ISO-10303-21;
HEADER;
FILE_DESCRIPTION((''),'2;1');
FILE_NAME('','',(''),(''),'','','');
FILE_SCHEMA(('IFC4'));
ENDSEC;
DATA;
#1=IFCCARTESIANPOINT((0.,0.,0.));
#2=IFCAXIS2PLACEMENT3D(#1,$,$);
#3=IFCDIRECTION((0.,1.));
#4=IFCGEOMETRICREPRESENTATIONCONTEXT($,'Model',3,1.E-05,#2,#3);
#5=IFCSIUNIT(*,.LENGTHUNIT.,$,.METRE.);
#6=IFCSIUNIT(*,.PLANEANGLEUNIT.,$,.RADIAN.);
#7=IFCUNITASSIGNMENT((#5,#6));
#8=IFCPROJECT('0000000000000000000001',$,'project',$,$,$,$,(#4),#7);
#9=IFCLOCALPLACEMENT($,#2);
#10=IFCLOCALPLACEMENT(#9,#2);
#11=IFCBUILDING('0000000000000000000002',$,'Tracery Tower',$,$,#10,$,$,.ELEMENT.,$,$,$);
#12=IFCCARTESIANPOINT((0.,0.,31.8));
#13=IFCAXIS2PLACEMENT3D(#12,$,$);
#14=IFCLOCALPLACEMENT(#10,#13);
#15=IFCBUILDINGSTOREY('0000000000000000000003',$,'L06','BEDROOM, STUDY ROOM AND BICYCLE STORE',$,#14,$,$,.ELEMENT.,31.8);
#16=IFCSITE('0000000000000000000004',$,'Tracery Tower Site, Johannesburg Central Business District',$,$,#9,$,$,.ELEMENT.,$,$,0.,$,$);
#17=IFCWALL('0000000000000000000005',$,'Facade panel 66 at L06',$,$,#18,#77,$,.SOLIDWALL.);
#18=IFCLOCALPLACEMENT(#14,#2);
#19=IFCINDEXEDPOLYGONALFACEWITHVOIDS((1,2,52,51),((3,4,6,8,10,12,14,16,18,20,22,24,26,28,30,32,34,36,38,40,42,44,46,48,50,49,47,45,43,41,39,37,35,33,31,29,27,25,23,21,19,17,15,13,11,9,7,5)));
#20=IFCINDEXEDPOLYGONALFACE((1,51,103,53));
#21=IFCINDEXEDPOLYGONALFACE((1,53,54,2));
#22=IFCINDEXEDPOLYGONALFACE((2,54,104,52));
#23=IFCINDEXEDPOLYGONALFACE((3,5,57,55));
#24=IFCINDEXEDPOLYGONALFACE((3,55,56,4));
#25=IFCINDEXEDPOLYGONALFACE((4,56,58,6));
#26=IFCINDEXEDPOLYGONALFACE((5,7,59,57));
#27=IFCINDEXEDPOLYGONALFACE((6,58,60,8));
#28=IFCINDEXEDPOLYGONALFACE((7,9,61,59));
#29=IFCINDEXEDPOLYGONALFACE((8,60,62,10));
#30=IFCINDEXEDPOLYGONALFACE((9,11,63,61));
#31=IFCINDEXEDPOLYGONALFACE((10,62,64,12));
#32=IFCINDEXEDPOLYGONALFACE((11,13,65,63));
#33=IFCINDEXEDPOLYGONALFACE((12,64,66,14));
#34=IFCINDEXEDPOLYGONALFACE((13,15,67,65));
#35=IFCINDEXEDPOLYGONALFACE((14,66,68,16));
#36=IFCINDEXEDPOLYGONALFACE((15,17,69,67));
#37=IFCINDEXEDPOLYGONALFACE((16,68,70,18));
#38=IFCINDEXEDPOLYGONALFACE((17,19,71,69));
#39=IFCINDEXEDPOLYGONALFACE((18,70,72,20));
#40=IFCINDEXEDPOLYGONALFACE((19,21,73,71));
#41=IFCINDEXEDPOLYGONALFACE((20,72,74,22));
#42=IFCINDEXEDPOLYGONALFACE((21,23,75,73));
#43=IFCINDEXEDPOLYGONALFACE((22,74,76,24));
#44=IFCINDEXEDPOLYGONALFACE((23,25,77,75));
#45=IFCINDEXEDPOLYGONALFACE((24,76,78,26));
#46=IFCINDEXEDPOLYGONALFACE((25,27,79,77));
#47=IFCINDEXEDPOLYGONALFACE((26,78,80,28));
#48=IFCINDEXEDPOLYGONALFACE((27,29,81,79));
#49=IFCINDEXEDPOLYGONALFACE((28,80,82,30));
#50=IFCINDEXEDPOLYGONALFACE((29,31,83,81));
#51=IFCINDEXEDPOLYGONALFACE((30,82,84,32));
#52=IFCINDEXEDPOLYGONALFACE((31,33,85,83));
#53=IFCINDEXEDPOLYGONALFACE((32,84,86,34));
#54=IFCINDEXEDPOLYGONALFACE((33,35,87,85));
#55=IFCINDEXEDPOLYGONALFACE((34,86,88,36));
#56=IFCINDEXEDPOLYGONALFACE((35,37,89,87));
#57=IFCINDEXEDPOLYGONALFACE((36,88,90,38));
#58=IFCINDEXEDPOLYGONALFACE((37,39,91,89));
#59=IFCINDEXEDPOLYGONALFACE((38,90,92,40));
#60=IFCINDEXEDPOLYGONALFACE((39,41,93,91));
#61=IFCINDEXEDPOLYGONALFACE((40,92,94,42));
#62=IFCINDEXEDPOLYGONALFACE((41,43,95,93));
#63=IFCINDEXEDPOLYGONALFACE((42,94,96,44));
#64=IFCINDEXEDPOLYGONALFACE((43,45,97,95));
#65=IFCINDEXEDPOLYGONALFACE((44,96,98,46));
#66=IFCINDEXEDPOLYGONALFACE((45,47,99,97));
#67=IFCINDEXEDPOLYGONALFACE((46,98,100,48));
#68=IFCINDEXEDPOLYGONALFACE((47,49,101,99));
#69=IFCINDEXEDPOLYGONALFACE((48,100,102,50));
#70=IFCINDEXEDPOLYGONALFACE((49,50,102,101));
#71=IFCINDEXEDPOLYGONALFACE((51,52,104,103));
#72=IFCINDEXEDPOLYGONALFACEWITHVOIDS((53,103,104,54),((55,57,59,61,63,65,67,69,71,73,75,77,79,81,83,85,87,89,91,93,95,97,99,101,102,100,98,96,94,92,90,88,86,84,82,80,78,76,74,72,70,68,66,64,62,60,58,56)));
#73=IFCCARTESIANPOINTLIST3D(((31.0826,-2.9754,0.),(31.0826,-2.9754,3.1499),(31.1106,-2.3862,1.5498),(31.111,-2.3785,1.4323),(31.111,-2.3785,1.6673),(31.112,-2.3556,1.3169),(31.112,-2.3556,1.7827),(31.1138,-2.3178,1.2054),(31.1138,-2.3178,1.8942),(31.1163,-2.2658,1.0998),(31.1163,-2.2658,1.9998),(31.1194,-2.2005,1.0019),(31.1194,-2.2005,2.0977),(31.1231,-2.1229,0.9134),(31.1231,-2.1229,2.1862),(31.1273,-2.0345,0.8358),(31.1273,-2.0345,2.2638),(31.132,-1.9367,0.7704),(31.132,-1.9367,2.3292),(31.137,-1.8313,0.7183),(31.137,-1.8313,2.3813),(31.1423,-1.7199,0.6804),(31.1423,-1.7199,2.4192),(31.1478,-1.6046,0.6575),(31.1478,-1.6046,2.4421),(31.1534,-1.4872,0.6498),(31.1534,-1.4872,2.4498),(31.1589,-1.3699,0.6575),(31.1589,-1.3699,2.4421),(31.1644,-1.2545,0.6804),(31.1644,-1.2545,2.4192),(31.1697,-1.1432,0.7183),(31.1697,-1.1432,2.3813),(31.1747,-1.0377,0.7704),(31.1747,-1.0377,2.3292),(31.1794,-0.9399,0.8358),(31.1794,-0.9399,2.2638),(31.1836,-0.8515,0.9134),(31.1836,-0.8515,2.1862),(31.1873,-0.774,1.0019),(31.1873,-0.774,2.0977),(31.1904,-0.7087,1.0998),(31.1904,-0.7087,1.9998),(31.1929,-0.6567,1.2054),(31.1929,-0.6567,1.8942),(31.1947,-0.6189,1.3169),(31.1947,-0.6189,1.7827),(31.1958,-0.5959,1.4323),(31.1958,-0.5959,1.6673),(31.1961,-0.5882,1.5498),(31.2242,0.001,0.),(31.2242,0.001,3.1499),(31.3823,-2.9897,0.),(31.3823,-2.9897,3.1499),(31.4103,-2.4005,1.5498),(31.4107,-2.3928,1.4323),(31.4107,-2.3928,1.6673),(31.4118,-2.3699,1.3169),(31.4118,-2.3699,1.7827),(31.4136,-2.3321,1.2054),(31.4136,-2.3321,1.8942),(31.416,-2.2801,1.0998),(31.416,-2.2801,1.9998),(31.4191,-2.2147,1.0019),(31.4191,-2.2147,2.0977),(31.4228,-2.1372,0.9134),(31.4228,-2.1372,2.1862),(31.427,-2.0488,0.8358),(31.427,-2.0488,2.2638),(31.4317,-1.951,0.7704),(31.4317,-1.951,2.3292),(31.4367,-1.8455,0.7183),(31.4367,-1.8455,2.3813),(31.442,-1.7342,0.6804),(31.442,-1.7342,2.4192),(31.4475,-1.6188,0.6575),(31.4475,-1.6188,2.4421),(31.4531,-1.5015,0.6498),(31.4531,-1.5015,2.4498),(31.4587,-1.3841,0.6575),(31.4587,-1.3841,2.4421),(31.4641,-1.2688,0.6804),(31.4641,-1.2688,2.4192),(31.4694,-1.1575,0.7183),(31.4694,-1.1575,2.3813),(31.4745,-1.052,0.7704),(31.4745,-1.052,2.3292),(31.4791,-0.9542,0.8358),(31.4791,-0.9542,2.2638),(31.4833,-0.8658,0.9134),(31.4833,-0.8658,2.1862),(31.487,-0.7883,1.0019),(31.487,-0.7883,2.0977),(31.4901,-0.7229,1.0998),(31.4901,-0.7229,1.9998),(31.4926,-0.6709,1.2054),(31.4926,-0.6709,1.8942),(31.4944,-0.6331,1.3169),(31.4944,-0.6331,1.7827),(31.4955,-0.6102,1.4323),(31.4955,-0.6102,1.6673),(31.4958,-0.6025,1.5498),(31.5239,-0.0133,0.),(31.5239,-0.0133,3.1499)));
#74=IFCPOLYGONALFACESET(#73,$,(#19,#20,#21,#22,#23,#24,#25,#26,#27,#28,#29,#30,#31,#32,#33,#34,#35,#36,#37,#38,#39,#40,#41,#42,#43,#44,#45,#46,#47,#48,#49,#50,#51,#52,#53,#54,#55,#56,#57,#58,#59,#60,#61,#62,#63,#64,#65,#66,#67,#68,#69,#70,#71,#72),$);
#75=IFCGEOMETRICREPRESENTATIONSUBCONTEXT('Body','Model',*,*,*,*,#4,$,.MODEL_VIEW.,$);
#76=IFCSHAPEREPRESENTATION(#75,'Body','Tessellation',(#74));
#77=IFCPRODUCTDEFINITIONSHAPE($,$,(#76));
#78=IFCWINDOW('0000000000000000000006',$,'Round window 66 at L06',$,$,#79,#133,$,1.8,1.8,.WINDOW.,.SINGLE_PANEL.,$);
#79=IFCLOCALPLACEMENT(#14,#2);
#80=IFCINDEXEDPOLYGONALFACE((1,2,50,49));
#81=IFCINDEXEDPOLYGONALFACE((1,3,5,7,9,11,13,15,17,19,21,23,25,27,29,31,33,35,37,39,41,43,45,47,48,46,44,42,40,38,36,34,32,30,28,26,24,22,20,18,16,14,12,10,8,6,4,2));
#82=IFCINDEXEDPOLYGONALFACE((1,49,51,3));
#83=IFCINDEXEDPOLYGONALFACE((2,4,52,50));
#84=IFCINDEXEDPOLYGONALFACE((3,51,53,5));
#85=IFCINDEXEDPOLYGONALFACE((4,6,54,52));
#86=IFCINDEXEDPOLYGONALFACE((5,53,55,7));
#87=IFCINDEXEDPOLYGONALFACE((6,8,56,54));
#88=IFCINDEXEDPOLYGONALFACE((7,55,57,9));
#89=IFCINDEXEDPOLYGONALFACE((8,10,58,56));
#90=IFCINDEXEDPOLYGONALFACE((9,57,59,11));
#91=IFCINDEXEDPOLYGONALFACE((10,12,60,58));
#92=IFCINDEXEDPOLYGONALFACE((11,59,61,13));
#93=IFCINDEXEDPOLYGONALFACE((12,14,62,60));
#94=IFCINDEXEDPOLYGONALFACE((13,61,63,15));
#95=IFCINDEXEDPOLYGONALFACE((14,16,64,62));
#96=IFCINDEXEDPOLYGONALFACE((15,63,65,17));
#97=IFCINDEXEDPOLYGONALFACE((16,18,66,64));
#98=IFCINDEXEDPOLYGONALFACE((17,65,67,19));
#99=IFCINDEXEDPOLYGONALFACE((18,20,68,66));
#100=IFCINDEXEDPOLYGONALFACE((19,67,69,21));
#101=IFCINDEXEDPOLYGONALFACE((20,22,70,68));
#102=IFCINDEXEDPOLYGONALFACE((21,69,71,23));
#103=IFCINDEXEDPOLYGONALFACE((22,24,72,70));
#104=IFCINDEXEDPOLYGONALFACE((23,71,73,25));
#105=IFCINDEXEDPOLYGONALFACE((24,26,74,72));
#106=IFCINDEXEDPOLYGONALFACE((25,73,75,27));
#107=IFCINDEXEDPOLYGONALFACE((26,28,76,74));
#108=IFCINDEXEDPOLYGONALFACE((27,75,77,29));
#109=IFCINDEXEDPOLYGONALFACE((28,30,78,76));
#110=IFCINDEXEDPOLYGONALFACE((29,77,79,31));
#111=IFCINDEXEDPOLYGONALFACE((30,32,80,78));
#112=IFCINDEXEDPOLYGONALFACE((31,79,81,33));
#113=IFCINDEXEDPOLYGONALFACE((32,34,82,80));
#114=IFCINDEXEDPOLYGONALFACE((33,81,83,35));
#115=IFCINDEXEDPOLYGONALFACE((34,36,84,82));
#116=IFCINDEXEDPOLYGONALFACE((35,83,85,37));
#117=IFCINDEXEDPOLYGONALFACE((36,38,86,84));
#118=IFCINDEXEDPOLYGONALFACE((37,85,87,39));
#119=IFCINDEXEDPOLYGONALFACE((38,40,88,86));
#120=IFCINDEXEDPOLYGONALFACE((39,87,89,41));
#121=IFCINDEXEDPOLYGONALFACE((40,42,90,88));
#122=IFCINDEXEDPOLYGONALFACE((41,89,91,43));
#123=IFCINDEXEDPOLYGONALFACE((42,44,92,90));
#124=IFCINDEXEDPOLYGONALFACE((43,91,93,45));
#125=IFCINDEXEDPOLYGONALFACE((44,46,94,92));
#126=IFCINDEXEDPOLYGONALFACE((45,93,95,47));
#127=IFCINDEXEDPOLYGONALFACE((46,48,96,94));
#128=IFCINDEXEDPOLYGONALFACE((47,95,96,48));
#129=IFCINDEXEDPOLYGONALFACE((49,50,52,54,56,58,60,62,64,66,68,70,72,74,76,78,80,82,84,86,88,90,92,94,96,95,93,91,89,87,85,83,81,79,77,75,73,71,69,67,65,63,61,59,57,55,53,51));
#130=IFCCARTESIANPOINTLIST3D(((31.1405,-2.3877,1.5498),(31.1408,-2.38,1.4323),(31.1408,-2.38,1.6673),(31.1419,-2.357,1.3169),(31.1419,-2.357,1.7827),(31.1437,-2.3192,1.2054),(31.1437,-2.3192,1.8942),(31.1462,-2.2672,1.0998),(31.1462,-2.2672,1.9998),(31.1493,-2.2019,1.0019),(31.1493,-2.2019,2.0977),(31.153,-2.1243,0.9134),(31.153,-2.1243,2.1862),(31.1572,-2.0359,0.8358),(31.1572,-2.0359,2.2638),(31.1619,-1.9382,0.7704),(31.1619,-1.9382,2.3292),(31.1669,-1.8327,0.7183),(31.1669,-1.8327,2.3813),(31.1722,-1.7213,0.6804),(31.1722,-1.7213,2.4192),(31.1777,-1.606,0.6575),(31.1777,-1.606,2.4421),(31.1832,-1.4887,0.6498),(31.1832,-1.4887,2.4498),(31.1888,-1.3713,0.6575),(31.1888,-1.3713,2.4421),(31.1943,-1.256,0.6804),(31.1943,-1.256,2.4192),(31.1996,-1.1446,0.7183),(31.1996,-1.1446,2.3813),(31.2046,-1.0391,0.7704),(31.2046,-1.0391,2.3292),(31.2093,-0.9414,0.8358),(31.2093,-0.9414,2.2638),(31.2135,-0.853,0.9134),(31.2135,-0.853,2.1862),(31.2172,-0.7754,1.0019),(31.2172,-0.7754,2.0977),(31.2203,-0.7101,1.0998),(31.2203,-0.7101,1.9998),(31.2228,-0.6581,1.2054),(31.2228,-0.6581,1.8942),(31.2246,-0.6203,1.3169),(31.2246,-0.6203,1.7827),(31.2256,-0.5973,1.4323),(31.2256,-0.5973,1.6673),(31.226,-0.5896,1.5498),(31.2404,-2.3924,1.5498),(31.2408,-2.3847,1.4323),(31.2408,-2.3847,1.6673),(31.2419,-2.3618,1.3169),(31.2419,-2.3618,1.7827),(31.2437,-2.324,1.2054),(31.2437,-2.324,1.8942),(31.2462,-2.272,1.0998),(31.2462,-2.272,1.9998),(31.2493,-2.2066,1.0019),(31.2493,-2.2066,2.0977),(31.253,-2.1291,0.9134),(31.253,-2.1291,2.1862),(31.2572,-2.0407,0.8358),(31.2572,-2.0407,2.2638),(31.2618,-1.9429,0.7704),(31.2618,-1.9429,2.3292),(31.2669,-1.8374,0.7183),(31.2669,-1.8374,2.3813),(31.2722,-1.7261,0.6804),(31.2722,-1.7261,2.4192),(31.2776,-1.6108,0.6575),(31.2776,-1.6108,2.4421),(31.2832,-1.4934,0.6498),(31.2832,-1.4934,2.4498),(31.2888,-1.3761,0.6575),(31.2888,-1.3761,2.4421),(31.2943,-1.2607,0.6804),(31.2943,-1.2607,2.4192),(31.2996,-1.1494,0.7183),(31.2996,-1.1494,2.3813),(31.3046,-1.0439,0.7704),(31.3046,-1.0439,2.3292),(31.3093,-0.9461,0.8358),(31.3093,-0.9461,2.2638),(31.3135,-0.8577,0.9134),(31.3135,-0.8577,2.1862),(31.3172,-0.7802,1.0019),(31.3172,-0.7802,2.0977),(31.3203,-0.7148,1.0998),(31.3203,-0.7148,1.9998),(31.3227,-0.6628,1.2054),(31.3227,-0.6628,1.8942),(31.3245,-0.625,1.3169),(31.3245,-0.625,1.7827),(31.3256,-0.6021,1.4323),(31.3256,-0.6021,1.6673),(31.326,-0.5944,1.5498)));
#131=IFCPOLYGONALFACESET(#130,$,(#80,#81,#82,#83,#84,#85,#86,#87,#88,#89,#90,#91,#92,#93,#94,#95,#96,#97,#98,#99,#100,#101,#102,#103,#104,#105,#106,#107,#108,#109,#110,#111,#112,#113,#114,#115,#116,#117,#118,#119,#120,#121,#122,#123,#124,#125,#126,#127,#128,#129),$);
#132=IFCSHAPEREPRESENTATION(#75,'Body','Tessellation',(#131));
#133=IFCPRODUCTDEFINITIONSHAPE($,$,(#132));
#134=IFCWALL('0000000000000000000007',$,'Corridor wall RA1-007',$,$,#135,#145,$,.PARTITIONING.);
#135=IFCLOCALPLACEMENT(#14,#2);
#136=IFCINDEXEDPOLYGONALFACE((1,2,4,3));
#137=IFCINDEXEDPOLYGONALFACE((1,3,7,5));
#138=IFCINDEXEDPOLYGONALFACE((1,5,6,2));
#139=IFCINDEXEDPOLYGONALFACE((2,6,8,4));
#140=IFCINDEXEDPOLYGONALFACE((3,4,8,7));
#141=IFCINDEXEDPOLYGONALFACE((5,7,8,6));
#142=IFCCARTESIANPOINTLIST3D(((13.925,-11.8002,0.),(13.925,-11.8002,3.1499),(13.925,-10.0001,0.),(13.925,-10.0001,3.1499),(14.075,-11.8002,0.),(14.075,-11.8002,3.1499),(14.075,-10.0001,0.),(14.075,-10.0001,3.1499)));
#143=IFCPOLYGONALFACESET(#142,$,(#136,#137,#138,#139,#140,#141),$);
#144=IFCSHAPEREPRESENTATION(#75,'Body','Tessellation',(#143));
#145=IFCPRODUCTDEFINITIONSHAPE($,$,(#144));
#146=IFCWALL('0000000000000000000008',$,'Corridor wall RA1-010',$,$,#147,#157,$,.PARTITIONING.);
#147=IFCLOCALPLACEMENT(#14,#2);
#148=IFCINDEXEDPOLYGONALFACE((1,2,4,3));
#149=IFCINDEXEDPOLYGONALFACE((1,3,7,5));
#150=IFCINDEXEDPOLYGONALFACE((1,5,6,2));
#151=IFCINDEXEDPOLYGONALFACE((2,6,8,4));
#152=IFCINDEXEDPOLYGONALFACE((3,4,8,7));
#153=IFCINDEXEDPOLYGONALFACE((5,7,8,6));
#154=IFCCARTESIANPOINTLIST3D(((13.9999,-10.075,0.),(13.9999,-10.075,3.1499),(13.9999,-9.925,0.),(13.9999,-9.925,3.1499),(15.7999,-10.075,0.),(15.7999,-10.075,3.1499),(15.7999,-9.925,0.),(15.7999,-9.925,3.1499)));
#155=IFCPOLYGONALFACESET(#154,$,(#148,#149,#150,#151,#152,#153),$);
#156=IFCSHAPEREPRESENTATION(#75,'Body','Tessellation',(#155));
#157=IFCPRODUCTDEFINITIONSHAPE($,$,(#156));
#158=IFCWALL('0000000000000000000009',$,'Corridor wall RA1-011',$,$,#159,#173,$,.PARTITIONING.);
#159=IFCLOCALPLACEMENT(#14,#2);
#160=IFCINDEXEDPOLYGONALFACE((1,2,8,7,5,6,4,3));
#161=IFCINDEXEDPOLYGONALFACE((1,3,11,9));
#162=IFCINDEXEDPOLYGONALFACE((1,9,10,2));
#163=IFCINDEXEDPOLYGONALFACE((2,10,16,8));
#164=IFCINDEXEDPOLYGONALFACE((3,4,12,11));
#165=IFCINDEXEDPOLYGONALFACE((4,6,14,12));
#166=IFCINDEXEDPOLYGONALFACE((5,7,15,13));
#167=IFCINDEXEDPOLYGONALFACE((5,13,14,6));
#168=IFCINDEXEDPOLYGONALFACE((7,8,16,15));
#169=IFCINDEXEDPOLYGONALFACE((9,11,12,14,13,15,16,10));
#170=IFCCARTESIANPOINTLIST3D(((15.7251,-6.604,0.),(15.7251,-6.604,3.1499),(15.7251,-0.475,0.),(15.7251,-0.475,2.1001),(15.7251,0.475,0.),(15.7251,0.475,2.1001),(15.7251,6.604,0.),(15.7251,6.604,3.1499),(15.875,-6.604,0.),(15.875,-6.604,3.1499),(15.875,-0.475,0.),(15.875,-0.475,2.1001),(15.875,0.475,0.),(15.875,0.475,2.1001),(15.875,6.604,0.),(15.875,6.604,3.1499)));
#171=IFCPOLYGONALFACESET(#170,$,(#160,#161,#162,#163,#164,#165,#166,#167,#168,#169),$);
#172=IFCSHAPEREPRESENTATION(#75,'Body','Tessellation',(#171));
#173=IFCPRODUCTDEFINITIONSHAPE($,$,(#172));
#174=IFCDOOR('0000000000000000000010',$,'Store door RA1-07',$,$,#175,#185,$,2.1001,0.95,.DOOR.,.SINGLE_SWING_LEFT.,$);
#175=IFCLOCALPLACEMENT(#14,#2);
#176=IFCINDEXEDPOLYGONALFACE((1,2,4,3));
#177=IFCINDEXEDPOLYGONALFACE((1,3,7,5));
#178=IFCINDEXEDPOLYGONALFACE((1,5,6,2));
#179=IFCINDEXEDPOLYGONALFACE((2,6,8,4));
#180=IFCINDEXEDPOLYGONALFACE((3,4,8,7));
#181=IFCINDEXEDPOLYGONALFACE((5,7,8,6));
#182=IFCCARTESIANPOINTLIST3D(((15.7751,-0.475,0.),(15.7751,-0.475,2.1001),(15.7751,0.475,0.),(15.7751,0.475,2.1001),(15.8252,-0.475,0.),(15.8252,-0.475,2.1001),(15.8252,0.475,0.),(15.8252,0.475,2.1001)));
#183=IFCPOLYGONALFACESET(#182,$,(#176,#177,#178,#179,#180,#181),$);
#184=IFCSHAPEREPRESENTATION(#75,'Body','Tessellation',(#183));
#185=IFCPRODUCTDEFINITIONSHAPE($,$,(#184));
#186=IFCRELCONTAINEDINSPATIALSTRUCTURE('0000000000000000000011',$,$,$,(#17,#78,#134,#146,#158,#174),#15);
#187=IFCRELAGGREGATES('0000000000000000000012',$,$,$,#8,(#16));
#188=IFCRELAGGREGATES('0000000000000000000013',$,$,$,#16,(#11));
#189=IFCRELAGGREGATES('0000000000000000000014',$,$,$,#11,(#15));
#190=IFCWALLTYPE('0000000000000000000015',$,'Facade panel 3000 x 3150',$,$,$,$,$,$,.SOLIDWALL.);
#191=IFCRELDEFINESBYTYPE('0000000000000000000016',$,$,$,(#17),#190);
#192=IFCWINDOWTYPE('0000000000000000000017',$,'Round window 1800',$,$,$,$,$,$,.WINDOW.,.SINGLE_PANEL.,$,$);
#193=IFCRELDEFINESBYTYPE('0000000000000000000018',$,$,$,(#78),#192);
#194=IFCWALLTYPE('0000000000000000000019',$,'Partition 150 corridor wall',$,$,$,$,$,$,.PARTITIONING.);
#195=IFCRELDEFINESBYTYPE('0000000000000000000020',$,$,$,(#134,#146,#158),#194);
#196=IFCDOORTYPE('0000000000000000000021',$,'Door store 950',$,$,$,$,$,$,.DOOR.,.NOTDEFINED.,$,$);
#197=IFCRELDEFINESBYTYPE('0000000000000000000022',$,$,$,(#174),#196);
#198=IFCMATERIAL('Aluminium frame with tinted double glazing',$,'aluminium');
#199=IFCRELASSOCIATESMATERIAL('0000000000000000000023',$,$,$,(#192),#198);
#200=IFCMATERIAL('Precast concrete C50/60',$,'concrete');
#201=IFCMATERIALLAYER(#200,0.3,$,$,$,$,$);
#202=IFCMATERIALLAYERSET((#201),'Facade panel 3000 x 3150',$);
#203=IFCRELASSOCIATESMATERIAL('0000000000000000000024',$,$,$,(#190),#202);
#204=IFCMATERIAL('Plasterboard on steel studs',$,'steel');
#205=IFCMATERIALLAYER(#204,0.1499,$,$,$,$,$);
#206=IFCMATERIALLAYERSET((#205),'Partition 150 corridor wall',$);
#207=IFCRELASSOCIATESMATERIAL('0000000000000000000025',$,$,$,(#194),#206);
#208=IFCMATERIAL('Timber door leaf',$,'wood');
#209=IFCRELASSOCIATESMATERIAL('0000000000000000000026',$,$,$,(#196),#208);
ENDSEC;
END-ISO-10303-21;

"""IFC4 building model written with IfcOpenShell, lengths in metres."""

from ifc_helpers import new_model, si_unit, direction, frame, frame_2d, origin, origin_2d, place, context, subcontext, project, spatial, rectangle, circle, extrude, material, layer, layer_set, type_object, element, fill, save


model = new_model("IFC4")

# Units and contexts
model_context = context("Model", 3, precision=1e-05, world=origin(), true_north=direction((0.0, 1.0)))
body_context = subcontext(model_context, "Body", "Model", "MODEL_VIEW")
ifc_project = project(units=[si_unit("LENGTHUNIT", "METRE"), si_unit("PLANEANGLEUNIT", "RADIAN")], contexts=[model_context])

# Site, building, storey
site_placement = place(None, origin())
site = spatial("IfcSite", under=ifc_project, at=site_placement, Name="Tracery Tower Site, Johannesburg Central Business District", CompositionType="ELEMENT", RefElevation=0.0)
building_placement = place(site_placement, origin())
building = spatial("IfcBuilding", under=site, at=building_placement, Name="Tracery Tower", CompositionType="ELEMENT")
storey_placement = place(building_placement, frame((0.0, 0.0, 31.8)))
storey = spatial("IfcBuildingStorey", under=building, at=storey_placement, Name="L06", Description="BEDROOM, STUDY ROOM AND BICYCLE STORE", CompositionType="ELEMENT", Elevation=31.8)

# Wall, opening, window
ifc_material_1 = material(Name="Aluminium frame with tinted double glazing", Category="aluminium")
window_type = type_object("IfcWindowType", Name="Round window 1800", PartitioningType="SINGLE_PANEL", PredefinedType="WINDOW", material=ifc_material_1)
ifc_material_2 = material(Name="Precast concrete C50/60", Category="concrete")
ifc_layer_1 = layer(ifc_material_2, 0.3)
ifc_layer_set_1 = layer_set([ifc_layer_1], Name="Facade panel 3000 x 3150")
wall_type_1 = type_object("IfcWallType", Name="Facade panel 3000 x 3150", PredefinedType="SOLIDWALL", material=ifc_layer_set_1)
wall_1_placement = place(storey_placement, frame((31.2324, -2.9824, 0.0), z_axis=(0.0, 0.0, 1.0), x_axis=(0.047522, 0.99887, 0.0)))
wall_1 = element("IfcWall", 1, at=wall_1_placement, inside=storey, type_object=wall_type_1, Name="Facade panel 66 at L06", PredefinedType="SOLIDWALL", context=body_context, shape_type="SweptSolid", body=[
    extrude(rectangle(XDim=2.9797, YDim=0.3, at=frame_2d((1.4897, 0.0))), origin(), (0.0, 0.0, 1.0), 3.1499),
])
opening_1_placement = place(wall_1_placement, frame((1.4897, 0.0, 1.5498)))
opening_1 = element("IfcOpeningElement", 2, at=opening_1_placement, cuts=wall_1, PredefinedType="OPENING", context=body_context, shape_type="SweptSolid", body=[
    extrude(circle(Radius=0.9, at=origin_2d()), frame((0.0, 0.1599, 0.0), z_axis=(0.0, -1.0, 0.0), x_axis=(1.0, 0.0, 0.0)), (0.0, 0.0, 1.0), 0.3201),
])
window_1_placement = place(opening_1_placement, origin())
window_1 = element("IfcWindow", 3, at=window_1_placement, inside=storey, type_object=window_type, Name="Round window 66 at L06", OverallHeight=1.8, OverallWidth=1.8, PartitioningType="SINGLE_PANEL", PredefinedType="WINDOW", context=body_context, shape_type="SweptSolid", body=[
    extrude(circle(Radius=0.9, at=origin_2d()), frame((0.0, 0.1201, 0.0), z_axis=(0.0, -1.0, 0.0), x_axis=(1.0, 0.0, 0.0)), (0.0, 0.0, 1.0), 0.1001),
])
fill(opening_1, window_1)

# Walls
ifc_material_3 = material(Name="Plasterboard on steel studs", Category="steel")
ifc_layer_2 = layer(ifc_material_3, 0.1499)
ifc_layer_set_2 = layer_set([ifc_layer_2], Name="Partition 150 corridor wall")
wall_type_2 = type_object("IfcWallType", Name="Partition 150 corridor wall", PredefinedType="PARTITIONING", material=ifc_layer_set_2)
for number, where, z_axis, x_axis, name in (
    (4, (14.0, -11.8, 0.0), (0.0, 0.0, 1.0), (0.0, 1.0, 0.0), "Corridor wall RA1-007"),
    (5, (14.0, -10.0, 0.0), (0.0, 0.0, 1.0), (1.0, 0.0, 0.0), "Corridor wall RA1-010"),
):
    element("IfcWall", number, at=place(storey_placement, frame(where, z_axis=z_axis, x_axis=x_axis)), inside=storey, type_object=wall_type_2, Name=name, PredefinedType="PARTITIONING", context=body_context, shape_type="SweptSolid", body=[
        extrude(rectangle(XDim=1.8, YDim=0.1499, at=frame_2d((0.8999, 0.0))), origin(), (0.0, 0.0, 1.0), 3.1499),
    ])

# Wall, opening, door
wall_2_placement = place(storey_placement, frame((15.8, -6.604, 0.0), z_axis=(0.0, 0.0, 1.0), x_axis=(0.0, 1.0, 0.0)))
wall_2 = element("IfcWall", 6, at=wall_2_placement, inside=storey, type_object=wall_type_2, Name="Corridor wall RA1-011", PredefinedType="PARTITIONING", context=body_context, shape_type="SweptSolid", body=[
    extrude(rectangle(XDim=13.208, YDim=0.1499, at=frame_2d((6.604, 0.0))), origin(), (0.0, 0.0, 1.0), 3.1499),
])
opening_2_placement = place(wall_2_placement, frame((6.1289, 0.0, 0.0)))
opening_2 = element("IfcOpeningElement", 7, at=opening_2_placement, cuts=wall_2, PredefinedType="OPENING", context=body_context, shape_type="SweptSolid", body=[
    extrude(rectangle(XDim=0.95, YDim=2.1001, at=frame_2d((0.4751, 1.05))), frame((0.0, 0.075, 0.0), z_axis=(0.0, -1.0, 0.0), x_axis=(1.0, 0.0, 0.0)), (0.0, 0.0, 1.0), 0.1499),
])
ifc_material_4 = material(Name="Timber door leaf", Category="wood")
door_type_1 = type_object("IfcDoorType", Name="Door store 950", OperationType="NOTDEFINED", PredefinedType="DOOR", material=ifc_material_4)
door_1_placement = place(opening_2_placement, origin())
door_1 = element("IfcDoor", 8, at=door_1_placement, inside=storey, type_object=door_type_1, Name="Store door RA1-07", OperationType="SINGLE_SWING_LEFT", OverallHeight=2.1001, OverallWidth=0.95, PredefinedType="DOOR", context=body_context, shape_type="SweptSolid", body=[
    extrude(rectangle(XDim=0.95, YDim=2.1001, at=frame_2d((0.4751, 1.05))), frame((0.0, 0.0249, 0.0), z_axis=(0.0, -1.0, 0.0), x_axis=(1.0, 0.0, 0.0)), (0.0, 0.0, 1.0), 0.05),
])
fill(opening_2, door_1)

save(model, "model.ifc")
